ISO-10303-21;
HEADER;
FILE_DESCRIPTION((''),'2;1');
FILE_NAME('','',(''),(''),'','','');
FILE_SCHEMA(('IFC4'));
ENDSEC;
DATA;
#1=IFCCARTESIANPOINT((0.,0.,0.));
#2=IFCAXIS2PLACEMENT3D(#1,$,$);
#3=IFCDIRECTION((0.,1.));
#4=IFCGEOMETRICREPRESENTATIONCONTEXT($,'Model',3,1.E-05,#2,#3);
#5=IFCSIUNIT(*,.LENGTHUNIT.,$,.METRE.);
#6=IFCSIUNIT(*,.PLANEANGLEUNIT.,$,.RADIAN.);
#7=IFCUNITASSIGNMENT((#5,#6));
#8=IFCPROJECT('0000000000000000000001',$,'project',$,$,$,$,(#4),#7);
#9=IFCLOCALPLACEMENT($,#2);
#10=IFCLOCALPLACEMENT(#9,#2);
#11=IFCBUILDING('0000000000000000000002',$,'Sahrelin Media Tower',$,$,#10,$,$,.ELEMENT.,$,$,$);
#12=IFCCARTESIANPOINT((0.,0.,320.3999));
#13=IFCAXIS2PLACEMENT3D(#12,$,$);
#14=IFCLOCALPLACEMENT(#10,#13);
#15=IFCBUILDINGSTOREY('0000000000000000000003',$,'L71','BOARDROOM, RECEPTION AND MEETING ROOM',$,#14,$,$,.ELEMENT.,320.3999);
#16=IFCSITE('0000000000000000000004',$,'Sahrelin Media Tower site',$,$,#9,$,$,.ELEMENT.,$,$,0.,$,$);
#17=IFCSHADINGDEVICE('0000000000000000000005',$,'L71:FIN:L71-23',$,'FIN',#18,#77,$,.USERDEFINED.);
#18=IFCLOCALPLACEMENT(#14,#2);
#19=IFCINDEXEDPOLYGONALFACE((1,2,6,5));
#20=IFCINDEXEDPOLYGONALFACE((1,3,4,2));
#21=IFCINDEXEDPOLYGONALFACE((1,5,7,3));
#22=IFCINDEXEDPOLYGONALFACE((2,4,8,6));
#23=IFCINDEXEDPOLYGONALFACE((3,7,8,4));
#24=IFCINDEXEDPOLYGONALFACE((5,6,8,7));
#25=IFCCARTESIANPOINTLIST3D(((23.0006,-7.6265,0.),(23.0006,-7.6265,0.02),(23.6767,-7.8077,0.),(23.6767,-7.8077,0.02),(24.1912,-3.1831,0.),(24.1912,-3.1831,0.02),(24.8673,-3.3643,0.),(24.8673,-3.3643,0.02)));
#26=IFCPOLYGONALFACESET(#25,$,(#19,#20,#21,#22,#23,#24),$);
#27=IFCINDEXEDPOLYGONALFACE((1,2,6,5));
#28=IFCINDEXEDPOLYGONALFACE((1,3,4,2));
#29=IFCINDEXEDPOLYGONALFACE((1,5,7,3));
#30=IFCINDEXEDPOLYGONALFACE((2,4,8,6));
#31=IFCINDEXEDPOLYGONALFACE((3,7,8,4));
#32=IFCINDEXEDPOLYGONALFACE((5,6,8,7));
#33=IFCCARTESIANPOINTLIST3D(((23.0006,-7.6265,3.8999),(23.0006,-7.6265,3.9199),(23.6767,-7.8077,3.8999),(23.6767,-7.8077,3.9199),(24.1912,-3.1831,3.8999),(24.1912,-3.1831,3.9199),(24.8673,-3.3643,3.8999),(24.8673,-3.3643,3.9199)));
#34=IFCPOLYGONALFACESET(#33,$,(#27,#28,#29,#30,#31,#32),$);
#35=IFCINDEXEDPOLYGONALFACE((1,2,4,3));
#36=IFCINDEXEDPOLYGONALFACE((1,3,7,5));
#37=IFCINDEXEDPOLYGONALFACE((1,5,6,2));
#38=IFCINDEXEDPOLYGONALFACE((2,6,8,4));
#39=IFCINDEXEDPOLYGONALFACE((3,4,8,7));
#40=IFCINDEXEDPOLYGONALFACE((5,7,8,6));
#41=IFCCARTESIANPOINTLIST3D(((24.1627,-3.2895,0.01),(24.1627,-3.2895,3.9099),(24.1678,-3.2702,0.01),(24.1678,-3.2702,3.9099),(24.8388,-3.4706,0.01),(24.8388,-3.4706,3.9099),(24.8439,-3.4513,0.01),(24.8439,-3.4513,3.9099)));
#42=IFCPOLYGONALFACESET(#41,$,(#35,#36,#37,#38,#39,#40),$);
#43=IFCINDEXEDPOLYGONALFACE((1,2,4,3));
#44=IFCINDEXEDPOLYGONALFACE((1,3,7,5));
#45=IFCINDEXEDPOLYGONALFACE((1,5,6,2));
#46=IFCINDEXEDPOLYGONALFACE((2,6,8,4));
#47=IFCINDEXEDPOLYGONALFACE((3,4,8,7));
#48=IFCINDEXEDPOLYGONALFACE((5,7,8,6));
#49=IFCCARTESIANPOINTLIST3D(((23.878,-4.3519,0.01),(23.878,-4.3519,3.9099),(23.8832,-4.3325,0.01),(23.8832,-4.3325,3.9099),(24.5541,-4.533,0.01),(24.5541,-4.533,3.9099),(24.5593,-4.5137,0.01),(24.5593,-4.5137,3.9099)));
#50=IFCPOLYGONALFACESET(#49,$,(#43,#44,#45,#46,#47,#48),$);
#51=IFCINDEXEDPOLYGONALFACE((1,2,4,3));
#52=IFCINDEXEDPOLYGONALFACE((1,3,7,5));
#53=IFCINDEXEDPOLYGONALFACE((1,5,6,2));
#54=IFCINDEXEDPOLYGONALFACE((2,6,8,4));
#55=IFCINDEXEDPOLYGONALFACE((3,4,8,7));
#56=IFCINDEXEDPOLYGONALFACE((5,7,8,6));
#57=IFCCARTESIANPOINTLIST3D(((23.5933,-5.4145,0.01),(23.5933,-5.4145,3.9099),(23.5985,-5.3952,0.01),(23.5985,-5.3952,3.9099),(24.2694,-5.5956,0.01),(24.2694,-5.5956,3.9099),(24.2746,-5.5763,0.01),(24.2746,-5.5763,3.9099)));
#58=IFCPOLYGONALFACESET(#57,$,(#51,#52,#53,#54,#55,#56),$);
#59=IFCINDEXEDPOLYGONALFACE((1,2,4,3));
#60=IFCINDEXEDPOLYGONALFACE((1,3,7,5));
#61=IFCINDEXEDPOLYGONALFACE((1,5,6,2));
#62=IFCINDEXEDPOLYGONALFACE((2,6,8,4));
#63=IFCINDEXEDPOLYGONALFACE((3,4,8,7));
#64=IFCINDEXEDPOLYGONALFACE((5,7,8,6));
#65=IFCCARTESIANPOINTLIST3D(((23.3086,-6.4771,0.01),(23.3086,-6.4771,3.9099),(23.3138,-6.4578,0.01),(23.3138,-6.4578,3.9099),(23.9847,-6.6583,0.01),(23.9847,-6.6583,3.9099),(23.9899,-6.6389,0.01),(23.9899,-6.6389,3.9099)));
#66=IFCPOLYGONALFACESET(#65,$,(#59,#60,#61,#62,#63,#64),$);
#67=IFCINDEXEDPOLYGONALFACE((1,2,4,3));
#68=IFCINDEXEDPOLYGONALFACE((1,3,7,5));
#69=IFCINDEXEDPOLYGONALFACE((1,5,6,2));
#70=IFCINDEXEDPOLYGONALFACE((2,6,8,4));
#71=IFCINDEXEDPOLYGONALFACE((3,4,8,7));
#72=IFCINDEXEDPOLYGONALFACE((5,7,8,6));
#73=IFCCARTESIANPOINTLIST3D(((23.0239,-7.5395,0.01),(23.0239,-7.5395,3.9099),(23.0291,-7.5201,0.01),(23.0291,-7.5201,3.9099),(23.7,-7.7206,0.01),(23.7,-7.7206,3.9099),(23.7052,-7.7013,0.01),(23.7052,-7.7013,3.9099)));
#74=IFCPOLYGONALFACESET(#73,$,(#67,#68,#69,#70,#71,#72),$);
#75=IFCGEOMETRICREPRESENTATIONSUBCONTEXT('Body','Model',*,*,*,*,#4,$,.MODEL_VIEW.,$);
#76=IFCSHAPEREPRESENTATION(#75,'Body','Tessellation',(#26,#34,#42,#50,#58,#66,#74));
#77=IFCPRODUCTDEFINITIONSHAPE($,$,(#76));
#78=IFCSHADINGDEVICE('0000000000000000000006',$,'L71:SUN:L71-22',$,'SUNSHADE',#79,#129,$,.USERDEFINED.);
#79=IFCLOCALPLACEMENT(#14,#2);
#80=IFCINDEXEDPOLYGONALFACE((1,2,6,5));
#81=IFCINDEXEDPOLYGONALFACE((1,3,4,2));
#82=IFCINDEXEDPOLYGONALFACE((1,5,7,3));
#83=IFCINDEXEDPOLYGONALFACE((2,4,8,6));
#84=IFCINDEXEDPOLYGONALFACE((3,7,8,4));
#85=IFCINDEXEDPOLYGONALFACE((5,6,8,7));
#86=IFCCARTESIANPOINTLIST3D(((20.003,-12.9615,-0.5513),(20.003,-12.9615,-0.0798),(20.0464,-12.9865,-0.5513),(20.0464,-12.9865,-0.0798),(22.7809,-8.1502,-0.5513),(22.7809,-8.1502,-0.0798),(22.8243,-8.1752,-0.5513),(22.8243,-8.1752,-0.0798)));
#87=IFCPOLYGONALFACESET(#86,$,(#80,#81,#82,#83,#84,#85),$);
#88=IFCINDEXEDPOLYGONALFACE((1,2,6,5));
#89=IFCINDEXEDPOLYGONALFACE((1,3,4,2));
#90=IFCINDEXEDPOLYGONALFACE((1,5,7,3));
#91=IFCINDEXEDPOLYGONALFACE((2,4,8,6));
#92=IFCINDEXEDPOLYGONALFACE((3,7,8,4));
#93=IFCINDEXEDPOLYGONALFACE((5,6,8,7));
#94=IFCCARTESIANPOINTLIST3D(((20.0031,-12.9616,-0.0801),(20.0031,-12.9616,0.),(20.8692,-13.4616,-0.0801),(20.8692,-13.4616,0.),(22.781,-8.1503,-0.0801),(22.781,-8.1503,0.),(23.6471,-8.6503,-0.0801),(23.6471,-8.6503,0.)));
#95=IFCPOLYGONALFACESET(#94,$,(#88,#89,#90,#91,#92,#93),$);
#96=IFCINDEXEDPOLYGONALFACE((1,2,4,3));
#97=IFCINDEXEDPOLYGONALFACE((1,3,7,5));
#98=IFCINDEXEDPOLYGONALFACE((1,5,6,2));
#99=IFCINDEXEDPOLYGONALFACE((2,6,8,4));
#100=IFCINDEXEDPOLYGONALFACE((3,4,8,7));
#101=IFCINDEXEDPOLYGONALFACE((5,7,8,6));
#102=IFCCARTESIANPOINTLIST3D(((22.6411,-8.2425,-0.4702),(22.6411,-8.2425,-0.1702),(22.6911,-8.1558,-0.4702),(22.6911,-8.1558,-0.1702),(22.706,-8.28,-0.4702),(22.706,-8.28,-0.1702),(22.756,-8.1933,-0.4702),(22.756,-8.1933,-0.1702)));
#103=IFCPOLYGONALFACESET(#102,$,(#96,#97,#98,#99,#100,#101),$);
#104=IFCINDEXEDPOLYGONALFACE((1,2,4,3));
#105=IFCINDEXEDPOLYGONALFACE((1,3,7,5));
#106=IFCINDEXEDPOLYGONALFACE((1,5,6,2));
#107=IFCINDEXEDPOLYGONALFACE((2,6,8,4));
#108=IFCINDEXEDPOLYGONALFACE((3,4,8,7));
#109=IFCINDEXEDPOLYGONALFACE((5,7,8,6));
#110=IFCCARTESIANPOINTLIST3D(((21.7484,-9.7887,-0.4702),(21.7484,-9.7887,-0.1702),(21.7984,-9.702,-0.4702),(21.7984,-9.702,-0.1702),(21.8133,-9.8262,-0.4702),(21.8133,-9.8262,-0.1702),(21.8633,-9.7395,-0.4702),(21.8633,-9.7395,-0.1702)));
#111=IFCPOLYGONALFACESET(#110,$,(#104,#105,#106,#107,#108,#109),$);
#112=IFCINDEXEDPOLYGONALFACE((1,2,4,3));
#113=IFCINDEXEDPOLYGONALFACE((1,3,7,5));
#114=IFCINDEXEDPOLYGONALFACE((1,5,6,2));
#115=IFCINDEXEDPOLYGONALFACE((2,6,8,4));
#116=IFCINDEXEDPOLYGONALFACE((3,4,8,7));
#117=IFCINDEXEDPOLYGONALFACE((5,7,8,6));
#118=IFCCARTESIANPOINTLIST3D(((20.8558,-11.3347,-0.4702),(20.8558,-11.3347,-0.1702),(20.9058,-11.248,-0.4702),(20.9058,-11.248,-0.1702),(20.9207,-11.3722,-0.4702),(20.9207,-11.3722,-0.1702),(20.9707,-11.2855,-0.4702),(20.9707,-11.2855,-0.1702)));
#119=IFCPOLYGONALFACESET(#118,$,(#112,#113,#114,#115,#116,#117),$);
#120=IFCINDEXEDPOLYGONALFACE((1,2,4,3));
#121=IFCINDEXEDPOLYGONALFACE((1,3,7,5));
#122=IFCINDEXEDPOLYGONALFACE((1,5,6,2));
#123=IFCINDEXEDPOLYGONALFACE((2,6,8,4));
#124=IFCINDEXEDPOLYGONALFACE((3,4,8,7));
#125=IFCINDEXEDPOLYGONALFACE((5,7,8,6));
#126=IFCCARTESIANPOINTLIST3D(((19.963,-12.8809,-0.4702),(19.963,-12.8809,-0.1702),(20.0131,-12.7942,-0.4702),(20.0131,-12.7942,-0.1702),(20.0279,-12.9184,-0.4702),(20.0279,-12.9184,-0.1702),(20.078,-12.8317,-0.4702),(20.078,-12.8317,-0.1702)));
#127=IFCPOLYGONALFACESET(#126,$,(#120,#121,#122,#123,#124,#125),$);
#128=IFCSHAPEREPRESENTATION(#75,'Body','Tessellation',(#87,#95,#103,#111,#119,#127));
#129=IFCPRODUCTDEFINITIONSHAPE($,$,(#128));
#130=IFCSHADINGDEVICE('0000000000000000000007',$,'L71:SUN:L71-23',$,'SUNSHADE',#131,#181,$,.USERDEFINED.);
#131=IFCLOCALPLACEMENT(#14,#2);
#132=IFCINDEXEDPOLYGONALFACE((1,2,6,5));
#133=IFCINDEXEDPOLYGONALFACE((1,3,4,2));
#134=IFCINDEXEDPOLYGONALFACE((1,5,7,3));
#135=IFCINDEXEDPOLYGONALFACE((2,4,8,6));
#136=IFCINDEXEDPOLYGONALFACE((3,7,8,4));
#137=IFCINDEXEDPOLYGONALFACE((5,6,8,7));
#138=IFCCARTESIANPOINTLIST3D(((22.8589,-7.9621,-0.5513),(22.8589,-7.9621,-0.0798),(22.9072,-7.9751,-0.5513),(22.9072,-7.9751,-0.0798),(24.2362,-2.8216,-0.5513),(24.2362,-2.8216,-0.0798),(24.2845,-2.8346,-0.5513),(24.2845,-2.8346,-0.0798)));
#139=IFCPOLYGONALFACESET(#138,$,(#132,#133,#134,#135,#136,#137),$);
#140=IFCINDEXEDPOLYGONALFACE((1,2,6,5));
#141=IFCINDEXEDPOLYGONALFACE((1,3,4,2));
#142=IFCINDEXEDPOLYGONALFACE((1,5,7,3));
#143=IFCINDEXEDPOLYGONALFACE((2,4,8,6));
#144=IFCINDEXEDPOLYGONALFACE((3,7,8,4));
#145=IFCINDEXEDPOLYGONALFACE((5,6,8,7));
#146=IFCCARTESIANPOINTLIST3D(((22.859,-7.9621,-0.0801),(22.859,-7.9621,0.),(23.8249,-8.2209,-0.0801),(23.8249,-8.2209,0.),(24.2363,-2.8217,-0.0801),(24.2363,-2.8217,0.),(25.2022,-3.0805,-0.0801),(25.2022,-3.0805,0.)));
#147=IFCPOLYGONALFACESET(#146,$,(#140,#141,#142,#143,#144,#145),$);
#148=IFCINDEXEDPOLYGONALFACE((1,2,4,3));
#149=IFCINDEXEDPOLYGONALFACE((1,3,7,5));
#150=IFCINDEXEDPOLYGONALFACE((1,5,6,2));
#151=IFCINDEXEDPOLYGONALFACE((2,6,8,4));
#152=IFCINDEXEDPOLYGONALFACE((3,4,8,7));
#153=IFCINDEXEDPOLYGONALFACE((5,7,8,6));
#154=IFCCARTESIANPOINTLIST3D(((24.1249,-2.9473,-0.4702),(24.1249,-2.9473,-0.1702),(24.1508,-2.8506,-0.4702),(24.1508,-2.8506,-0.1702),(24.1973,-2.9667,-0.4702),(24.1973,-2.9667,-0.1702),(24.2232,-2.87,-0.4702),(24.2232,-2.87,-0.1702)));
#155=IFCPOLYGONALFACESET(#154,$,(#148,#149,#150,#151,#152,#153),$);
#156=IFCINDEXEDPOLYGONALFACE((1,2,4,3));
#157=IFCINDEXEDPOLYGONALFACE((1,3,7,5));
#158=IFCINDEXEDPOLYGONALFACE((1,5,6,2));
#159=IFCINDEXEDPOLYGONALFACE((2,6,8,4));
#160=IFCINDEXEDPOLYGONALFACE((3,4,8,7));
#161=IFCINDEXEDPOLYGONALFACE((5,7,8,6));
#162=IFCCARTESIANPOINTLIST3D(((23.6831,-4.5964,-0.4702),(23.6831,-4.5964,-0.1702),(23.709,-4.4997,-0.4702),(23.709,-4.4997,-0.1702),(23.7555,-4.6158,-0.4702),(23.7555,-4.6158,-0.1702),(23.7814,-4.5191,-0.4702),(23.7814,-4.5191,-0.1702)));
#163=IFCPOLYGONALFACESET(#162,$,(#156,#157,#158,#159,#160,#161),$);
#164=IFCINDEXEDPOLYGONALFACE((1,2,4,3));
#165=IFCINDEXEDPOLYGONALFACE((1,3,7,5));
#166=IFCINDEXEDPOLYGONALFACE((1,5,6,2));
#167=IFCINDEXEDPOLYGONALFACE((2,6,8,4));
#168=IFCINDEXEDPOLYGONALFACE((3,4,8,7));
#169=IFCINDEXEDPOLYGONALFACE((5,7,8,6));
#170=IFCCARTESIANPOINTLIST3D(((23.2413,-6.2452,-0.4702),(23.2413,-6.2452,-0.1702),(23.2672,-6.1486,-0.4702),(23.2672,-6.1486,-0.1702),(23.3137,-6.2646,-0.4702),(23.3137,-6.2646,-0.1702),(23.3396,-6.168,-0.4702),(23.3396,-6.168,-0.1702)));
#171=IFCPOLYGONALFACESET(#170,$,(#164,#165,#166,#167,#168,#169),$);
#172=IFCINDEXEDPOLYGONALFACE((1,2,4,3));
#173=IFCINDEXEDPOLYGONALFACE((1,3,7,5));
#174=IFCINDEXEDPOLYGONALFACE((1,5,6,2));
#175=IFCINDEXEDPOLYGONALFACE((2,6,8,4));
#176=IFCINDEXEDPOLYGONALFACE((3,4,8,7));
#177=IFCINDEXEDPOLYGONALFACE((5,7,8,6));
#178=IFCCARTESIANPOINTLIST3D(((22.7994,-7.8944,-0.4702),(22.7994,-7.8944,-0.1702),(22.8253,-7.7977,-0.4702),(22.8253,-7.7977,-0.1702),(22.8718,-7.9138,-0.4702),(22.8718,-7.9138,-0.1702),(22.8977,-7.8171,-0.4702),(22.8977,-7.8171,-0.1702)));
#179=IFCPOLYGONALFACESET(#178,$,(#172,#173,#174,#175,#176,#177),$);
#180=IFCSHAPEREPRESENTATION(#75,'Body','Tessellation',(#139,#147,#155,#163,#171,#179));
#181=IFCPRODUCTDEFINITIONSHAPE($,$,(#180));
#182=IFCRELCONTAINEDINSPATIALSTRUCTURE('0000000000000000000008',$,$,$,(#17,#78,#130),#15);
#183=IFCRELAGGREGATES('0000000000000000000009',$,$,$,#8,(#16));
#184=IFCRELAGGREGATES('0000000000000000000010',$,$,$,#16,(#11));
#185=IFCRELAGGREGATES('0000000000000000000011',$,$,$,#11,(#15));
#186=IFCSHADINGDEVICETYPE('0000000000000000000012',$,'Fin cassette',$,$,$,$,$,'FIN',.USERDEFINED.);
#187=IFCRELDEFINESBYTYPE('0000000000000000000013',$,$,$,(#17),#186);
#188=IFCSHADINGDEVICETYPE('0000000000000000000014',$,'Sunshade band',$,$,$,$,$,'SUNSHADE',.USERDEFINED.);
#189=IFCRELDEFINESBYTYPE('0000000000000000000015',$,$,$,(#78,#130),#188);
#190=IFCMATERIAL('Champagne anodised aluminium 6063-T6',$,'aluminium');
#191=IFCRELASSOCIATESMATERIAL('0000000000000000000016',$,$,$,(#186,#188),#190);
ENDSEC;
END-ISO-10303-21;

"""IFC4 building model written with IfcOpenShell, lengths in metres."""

from ifc_helpers import new_model, si_unit, direction, frame, origin, origin_2d, place, context, subcontext, project, spatial, rectangle, extrude, material, type_object, element, save


model = new_model("IFC4")

# Units and contexts
model_context = context("Model", 3, precision=1e-05, world=origin(), true_north=direction((0.0, 1.0)))
body_context = subcontext(model_context, "Body", "Model", "MODEL_VIEW")
ifc_project = project(units=[si_unit("LENGTHUNIT", "METRE"), si_unit("PLANEANGLEUNIT", "RADIAN")], contexts=[model_context])

# Site, building, storey
site_placement = place(None, origin())
site = spatial("IfcSite", under=ifc_project, at=site_placement, Name="Sahrelin Media Tower site", CompositionType="ELEMENT", RefElevation=0.0)
building_placement = place(site_placement, origin())
building = spatial("IfcBuilding", under=site, at=building_placement, Name="Sahrelin Media Tower", CompositionType="ELEMENT")
storey_placement = place(building_placement, frame((0.0, 0.0, 320.3999)))
storey = spatial("IfcBuildingStorey", under=building, at=storey_placement, Name="L71", Description="BOARDROOM, RECEPTION AND MEETING ROOM", CompositionType="ELEMENT", Elevation=320.3999)

# Shared definitions
ifc_material_1 = material(Name="Champagne anodised aluminium 6063-T6", Category="aluminium")

# Shading devices
shading_device_type_1 = type_object("IfcShadingDeviceType", Name="Fin cassette", ElementType="FIN", PredefinedType="USERDEFINED", material=ifc_material_1)
placement_1 = place(storey_placement, frame((21.3748, -10.5459, 0.0), z_axis=(0.0, 0.0, 1.0), x_axis=(-0.500011, -0.866019, 0.0)))
placement_2 = place(storey_placement, frame((23.5283, -5.3867, 0.0), z_axis=(0.0, 0.0, 1.0), x_axis=(-0.258808, -0.965929, 0.0)))
element("IfcShadingDevice", 1, at=placement_2, inside=storey, type_object=shading_device_type_1, Name="L71:FIN:L71-23", ObjectType="FIN", PredefinedType="USERDEFINED", context=body_context, shape_type="SweptSolid", body=[
    extrude(rectangle(XDim=4.6001, YDim=0.7, at=origin_2d()), frame((0.0, 0.4199, 0.0)), (0.0, 0.0, 1.0), 0.02),
    extrude(rectangle(XDim=4.6001, YDim=0.7, at=origin_2d()), frame((0.0, 0.4199, 3.8999)), (0.0, 0.0, 1.0), 0.02),
    extrude(rectangle(XDim=0.02, YDim=0.7, at=origin_2d()), frame((-2.2, 0.4199, 0.01), z_axis=(0.0, 0.0, 1.0), x_axis=(1.0, 0.0, 0.0)), (0.0, 0.0, 1.0), 3.8999),
    extrude(rectangle(XDim=0.02, YDim=0.7, at=origin_2d()), frame((-1.1001, 0.4199, 0.01), z_axis=(0.0, 0.0, 1.0), x_axis=(1.0, 0.0, 0.0)), (0.0, 0.0, 1.0), 3.8999),
    extrude(rectangle(XDim=0.02, YDim=0.7, at=origin_2d()), frame((0.0, 0.4199, 0.01), z_axis=(0.0, 0.0, 1.0), x_axis=(1.0, 0.0, 0.0)), (0.0, 0.0, 1.0), 3.8999),
    extrude(rectangle(XDim=0.02, YDim=0.7, at=origin_2d()), frame((1.1001, 0.4199, 0.01), z_axis=(0.0, 0.0, 1.0), x_axis=(1.0, 0.0, 0.0)), (0.0, 0.0, 1.0), 3.8999),
    extrude(rectangle(XDim=0.02, YDim=0.7, at=origin_2d()), frame((2.2, 0.4199, 0.01), z_axis=(0.0, 0.0, 1.0), x_axis=(1.0, 0.0, 0.0)), (0.0, 0.0, 1.0), 3.8999),
])
shading_device_type_2 = type_object("IfcShadingDeviceType", Name="Sunshade band", ElementType="SUNSHADE", PredefinedType="USERDEFINED", material=ifc_material_1)
element("IfcShadingDevice", 2, at=placement_1, inside=storey, type_object=shading_device_type_2, Name="L71:SUN:L71-22", ObjectType="SUNSHADE", PredefinedType="USERDEFINED", context=body_context, shape_type="SweptSolid", body=[
    extrude(rectangle(XDim=5.5557, YDim=0.05, at=origin_2d()), frame((0.0, 0.0449, -0.5513)), (0.0, 0.0, 1.0), 0.4714),
    extrude(rectangle(XDim=5.5557, YDim=1.0, at=origin_2d()), frame((0.0, 0.52, -0.0801)), (0.0, 0.0, 1.0), 0.0801),
    extrude(rectangle(XDim=0.1001, YDim=0.075, at=origin_2d()), frame((-2.678, -0.0176, -0.4702)), (0.0, 0.0, 1.0), 0.3),
    extrude(rectangle(XDim=0.1001, YDim=0.075, at=origin_2d()), frame((-0.8926, -0.0176, -0.4702)), (0.0, 0.0, 1.0), 0.3),
    extrude(rectangle(XDim=0.1001, YDim=0.075, at=origin_2d()), frame((0.8926, -0.0176, -0.4702)), (0.0, 0.0, 1.0), 0.3),
    extrude(rectangle(XDim=0.1001, YDim=0.075, at=origin_2d()), frame((2.678, -0.0176, -0.4702)), (0.0, 0.0, 1.0), 0.3),
])
element("IfcShadingDevice", 3, at=placement_2, inside=storey, type_object=shading_device_type_2, Name="L71:SUN:L71-23", ObjectType="SUNSHADE", PredefinedType="USERDEFINED", context=body_context, shape_type="SweptSolid", body=[
    extrude(rectangle(XDim=5.3218, YDim=0.05, at=origin_2d()), frame((0.0, 0.0449, -0.5513)), (0.0, 0.0, 1.0), 0.4714),
    extrude(rectangle(XDim=5.3218, YDim=1.0, at=origin_2d()), frame((0.0, 0.52, -0.0801)), (0.0, 0.0, 1.0), 0.0801),
    extrude(rectangle(XDim=0.1001, YDim=0.075, at=origin_2d()), frame((-2.5608, -0.0176, -0.4702)), (0.0, 0.0, 1.0), 0.3),
    extrude(rectangle(XDim=0.1001, YDim=0.075, at=origin_2d()), frame((-0.8535, -0.0176, -0.4702)), (0.0, 0.0, 1.0), 0.3),
    extrude(rectangle(XDim=0.1001, YDim=0.075, at=origin_2d()), frame((0.8535, -0.0176, -0.4702)), (0.0, 0.0, 1.0), 0.3),
    extrude(rectangle(XDim=0.1001, YDim=0.075, at=origin_2d()), frame((2.5608, -0.0176, -0.4702)), (0.0, 0.0, 1.0), 0.3),
])

save(model, "model.ifc")
